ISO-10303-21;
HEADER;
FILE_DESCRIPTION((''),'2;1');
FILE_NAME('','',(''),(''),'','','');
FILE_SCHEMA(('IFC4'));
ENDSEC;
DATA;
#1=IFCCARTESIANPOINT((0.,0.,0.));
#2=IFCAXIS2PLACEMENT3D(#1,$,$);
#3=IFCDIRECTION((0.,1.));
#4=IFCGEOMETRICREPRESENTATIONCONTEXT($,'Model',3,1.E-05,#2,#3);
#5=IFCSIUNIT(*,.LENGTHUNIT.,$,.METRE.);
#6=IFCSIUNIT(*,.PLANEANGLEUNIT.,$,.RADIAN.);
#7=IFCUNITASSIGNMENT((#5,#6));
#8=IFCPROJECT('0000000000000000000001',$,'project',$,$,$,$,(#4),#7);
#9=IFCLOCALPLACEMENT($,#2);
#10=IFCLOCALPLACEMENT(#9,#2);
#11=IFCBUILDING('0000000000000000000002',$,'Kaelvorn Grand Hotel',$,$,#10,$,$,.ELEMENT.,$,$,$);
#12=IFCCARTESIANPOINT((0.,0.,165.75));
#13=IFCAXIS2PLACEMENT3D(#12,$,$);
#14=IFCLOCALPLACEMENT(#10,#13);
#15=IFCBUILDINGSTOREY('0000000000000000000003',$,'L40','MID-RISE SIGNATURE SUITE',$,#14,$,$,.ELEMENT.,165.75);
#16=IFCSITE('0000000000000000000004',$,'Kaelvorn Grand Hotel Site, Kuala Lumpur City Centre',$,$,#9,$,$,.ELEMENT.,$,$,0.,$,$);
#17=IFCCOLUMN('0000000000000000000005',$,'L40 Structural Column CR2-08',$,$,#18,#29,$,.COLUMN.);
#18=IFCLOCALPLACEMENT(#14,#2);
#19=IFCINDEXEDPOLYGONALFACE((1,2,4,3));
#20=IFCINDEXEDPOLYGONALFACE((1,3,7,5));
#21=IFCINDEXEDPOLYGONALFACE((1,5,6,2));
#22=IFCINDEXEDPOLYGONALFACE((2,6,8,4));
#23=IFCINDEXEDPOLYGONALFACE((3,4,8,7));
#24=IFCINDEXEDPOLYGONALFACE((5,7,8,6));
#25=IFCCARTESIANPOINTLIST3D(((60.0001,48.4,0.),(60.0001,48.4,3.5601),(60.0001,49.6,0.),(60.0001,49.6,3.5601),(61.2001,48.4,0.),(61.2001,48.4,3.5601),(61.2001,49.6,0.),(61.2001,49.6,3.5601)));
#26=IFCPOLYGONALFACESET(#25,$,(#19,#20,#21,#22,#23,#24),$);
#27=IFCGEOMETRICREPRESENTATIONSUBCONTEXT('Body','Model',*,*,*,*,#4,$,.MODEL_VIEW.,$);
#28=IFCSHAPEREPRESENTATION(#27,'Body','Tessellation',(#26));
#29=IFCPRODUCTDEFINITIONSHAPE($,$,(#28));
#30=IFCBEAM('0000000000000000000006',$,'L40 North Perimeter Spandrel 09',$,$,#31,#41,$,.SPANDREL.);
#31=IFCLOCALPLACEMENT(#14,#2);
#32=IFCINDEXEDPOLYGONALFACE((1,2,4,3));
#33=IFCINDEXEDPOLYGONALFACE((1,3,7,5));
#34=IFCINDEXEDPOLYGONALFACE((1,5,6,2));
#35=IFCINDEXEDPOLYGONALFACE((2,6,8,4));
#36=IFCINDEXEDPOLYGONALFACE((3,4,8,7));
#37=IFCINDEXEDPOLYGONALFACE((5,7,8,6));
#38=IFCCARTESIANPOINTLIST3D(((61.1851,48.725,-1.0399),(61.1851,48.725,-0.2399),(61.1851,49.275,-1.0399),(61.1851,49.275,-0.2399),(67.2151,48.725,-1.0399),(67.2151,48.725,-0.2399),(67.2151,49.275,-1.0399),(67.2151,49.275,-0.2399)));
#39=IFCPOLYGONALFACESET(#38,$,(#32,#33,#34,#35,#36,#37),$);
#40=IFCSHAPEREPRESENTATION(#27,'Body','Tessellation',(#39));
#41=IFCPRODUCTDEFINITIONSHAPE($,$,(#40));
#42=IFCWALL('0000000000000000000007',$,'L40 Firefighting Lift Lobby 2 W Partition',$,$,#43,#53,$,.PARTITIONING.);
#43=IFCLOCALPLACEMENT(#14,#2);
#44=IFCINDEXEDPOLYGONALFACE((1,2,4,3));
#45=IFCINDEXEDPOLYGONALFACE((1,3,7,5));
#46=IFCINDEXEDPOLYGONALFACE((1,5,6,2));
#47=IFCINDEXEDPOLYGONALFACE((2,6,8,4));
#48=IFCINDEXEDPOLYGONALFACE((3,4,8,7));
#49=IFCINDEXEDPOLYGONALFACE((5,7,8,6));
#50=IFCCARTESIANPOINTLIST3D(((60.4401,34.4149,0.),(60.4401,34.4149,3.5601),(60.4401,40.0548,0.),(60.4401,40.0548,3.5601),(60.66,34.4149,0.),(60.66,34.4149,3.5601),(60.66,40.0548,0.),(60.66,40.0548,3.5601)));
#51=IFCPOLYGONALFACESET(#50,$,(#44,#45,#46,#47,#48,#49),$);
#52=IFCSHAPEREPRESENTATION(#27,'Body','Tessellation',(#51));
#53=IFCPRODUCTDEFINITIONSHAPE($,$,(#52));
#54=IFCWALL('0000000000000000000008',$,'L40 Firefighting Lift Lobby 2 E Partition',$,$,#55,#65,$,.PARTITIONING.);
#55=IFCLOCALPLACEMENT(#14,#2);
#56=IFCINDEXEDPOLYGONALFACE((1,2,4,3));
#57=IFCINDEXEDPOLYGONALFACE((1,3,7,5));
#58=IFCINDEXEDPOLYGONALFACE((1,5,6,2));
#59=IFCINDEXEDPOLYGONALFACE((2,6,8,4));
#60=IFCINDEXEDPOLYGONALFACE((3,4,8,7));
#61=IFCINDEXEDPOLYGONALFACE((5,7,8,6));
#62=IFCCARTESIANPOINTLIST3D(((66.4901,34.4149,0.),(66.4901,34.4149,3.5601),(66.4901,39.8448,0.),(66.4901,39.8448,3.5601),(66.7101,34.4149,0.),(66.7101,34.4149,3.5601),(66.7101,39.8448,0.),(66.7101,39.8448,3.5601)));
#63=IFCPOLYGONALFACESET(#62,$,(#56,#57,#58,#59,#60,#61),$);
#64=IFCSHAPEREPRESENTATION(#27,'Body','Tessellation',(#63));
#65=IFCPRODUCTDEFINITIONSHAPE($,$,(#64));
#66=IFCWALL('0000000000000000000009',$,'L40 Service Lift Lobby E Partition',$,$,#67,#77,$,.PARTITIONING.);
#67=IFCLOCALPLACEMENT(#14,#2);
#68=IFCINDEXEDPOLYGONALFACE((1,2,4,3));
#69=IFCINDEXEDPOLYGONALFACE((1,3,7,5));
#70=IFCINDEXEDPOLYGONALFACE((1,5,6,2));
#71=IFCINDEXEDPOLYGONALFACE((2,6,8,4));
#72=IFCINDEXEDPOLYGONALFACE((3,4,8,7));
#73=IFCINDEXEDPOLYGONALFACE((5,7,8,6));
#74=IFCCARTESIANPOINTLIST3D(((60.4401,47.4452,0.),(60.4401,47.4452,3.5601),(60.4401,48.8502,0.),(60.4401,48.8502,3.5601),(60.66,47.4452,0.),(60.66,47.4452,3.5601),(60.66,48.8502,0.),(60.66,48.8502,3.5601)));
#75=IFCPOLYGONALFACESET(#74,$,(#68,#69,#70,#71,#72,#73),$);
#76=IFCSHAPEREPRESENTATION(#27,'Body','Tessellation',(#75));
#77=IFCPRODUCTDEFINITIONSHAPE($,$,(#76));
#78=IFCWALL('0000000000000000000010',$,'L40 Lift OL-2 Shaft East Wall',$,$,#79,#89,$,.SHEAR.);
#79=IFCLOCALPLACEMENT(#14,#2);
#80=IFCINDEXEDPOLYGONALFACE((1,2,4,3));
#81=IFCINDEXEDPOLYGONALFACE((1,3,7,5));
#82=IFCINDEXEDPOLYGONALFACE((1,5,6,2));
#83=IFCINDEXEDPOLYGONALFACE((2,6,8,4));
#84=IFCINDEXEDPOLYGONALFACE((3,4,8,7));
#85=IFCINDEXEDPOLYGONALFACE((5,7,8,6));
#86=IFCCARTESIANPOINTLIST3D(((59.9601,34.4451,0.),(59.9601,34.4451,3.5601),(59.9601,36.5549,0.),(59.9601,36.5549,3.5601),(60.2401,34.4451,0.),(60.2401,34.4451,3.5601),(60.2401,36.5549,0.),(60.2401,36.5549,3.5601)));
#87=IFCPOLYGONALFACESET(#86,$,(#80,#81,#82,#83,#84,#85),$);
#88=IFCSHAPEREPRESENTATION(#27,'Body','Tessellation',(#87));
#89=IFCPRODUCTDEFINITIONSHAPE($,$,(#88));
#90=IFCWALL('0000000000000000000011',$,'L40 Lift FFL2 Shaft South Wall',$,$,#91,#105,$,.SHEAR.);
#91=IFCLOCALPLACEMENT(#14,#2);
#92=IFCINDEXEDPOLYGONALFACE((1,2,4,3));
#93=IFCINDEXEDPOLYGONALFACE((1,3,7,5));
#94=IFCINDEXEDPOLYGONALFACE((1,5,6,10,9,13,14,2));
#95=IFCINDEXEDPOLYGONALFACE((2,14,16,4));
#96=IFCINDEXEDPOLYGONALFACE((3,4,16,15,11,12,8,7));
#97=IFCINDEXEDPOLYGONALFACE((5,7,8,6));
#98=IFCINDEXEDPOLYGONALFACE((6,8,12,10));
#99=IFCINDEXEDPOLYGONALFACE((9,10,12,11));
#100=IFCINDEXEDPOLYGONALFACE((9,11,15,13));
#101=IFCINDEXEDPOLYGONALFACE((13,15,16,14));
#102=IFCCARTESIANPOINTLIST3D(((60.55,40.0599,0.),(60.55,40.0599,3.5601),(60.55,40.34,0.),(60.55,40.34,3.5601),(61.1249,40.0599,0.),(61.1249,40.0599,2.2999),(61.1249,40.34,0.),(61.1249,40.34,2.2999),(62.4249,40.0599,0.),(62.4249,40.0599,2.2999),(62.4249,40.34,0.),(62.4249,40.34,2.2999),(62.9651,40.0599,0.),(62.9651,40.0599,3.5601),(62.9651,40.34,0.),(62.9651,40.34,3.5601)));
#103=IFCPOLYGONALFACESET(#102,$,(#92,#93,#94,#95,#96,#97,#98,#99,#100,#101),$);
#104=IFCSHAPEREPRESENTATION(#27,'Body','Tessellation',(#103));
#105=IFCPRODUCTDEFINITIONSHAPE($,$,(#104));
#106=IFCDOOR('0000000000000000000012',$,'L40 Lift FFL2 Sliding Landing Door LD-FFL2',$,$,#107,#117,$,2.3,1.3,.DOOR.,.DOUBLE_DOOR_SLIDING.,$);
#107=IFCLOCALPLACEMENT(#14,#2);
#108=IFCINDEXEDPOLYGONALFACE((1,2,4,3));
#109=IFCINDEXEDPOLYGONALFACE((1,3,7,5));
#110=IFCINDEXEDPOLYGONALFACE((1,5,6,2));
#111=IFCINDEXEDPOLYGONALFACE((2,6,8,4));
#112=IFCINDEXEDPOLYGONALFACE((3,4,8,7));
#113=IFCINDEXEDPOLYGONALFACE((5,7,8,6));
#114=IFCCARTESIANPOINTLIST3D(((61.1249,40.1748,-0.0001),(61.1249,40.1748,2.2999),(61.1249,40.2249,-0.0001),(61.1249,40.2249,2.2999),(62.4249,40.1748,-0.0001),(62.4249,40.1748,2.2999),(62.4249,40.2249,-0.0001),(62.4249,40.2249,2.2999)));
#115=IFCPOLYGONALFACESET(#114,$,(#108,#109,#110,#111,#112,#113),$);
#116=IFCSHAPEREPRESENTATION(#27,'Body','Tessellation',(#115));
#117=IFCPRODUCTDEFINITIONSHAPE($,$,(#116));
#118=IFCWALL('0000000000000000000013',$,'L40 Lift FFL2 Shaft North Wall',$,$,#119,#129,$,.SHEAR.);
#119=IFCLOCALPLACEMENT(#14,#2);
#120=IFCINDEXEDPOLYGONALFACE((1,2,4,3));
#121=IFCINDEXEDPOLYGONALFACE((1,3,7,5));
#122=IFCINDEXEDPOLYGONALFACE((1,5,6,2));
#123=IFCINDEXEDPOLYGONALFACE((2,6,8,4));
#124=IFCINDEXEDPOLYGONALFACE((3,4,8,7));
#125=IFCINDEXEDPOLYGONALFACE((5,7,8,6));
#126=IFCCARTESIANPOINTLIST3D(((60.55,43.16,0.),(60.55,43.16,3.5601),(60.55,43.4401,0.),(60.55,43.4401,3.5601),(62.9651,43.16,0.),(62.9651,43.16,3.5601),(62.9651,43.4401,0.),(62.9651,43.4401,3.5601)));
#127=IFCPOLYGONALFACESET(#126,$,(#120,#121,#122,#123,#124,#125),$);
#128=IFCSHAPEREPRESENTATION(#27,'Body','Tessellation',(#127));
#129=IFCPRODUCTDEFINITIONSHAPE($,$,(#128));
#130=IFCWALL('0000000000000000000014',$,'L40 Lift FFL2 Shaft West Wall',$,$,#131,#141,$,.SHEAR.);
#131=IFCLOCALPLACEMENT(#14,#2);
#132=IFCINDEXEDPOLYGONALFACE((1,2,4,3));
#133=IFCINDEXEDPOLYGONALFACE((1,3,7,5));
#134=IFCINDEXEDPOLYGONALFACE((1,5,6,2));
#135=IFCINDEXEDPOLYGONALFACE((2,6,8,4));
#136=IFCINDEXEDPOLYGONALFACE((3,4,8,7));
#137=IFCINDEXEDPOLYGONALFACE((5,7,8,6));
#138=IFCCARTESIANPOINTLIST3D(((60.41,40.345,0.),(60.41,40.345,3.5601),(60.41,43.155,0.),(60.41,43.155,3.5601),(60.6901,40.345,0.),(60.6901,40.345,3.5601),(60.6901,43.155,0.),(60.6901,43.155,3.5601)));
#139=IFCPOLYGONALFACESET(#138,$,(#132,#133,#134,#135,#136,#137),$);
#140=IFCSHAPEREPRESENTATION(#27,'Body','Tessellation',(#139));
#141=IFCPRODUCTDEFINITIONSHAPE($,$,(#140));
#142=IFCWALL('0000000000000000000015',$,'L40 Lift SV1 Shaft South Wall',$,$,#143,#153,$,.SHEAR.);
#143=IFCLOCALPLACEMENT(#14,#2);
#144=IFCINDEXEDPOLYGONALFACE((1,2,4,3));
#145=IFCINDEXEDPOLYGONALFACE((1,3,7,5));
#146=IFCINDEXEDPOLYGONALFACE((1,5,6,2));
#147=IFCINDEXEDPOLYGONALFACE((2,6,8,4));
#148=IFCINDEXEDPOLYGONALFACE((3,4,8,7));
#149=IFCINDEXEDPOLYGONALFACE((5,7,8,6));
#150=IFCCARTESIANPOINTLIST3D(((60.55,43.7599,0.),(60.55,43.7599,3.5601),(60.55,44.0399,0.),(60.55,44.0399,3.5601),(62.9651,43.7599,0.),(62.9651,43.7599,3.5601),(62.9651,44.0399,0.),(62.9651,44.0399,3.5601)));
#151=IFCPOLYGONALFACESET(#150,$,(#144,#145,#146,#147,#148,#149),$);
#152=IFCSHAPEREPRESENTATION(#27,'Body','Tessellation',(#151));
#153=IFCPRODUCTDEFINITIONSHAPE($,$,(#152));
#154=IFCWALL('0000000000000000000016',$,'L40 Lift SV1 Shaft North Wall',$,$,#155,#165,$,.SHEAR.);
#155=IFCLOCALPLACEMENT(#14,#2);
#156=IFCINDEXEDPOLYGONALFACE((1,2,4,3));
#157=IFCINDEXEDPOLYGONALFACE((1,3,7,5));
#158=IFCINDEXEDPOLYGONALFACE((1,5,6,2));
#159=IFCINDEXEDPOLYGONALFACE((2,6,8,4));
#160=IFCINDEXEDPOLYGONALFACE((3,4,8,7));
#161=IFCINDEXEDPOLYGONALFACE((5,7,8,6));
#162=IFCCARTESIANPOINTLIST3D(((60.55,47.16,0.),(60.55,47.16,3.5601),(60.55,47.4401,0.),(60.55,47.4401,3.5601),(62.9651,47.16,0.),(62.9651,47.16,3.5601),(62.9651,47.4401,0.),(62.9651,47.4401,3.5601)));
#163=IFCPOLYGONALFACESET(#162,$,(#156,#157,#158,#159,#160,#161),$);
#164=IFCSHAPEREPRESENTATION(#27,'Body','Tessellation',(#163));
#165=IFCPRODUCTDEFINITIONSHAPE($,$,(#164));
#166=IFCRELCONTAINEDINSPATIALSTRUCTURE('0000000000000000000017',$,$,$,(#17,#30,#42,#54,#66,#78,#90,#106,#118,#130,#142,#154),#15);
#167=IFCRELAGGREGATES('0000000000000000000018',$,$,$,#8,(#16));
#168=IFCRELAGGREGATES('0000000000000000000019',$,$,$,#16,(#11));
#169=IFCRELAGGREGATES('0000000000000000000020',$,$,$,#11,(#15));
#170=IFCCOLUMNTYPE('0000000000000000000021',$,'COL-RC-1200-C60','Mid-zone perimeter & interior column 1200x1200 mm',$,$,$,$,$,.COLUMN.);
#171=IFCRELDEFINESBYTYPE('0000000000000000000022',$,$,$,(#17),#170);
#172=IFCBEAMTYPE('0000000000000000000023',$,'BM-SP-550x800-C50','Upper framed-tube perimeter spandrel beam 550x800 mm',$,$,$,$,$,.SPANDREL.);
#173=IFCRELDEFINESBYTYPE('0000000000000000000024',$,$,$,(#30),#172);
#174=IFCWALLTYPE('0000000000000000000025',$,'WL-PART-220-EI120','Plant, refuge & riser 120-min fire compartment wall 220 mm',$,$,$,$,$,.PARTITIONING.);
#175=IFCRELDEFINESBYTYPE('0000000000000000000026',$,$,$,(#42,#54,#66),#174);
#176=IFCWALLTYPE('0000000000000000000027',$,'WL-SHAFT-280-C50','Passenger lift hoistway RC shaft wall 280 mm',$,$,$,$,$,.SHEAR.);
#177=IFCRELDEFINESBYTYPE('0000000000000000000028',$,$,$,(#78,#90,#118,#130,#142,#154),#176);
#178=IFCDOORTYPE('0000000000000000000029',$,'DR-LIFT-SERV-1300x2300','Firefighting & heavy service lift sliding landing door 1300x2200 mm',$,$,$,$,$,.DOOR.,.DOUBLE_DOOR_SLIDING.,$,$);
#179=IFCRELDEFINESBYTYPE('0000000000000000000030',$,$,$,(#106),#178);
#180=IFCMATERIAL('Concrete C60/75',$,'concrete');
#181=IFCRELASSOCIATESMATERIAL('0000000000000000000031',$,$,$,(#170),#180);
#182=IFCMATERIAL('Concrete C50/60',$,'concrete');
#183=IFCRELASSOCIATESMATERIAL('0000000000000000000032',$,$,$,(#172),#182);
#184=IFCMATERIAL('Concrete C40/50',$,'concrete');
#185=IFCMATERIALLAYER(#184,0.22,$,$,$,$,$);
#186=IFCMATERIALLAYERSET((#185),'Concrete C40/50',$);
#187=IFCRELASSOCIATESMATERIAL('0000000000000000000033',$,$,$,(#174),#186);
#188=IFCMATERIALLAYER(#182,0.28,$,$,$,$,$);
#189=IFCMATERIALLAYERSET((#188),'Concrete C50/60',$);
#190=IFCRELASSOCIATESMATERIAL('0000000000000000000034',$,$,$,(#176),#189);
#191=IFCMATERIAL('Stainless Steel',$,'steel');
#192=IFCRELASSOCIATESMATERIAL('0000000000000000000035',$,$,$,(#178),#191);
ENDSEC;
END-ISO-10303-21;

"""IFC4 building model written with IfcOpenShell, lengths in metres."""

from ifc_helpers import new_model, si_unit, direction, frame, frame_2d, origin, origin_2d, place, context, subcontext, project, spatial, rectangle, extrude, material, layer, layer_set, material_profile, profile_set, type_object, element, fill, save


model = new_model("IFC4")

# Units and contexts
model_context = context("Model", 3, precision=1e-05, world=origin(), true_north=direction((0.0, 1.0)))
body_context = subcontext(model_context, "Body", "Model", "MODEL_VIEW")
ifc_project = project(units=[si_unit("LENGTHUNIT", "METRE"), si_unit("PLANEANGLEUNIT", "RADIAN")], contexts=[model_context])

# Site, building, storey
site_placement = place(None, origin())
site = spatial("IfcSite", under=ifc_project, at=site_placement, Name="Kaelvorn Grand Hotel Site, Kuala Lumpur City Centre", CompositionType="ELEMENT", RefElevation=0.0)
building_placement = place(site_placement, origin())
building = spatial("IfcBuilding", under=site, at=building_placement, Name="Kaelvorn Grand Hotel", CompositionType="ELEMENT")
storey_placement = place(building_placement, frame((0.0, 0.0, 165.75)))
storey = spatial("IfcBuildingStorey", under=building, at=storey_placement, Name="L40", Description="MID-RISE SIGNATURE SUITE", CompositionType="ELEMENT", Elevation=165.75)

# Column
ifc_material_1 = material(Name="Concrete C60/75", Category="concrete")
ifc_material_profile_1 = material_profile(ifc_material_1, rectangle(XDim=1.2, YDim=1.2, at=origin_2d()), Name="RC COL 1200x1200")
ifc_profile_set_1 = profile_set([ifc_material_profile_1], Name="Concrete C60/75")
column_type = type_object("IfcColumnType", Name="COL-RC-1200-C60", Description="Mid-zone perimeter & interior column 1200x1200 mm", PredefinedType="COLUMN", material=ifc_profile_set_1)
column_placement = place(storey_placement, frame((60.6001, 49.0, 0.0), z_axis=(0.0, 0.0, 1.0), x_axis=(1.0, 0.0, 0.0)))
element("IfcColumn", 1, at=column_placement, inside=storey, type_object=column_type, Name="L40 Structural Column CR2-08", PredefinedType="COLUMN", context=body_context, shape_type="SweptSolid", body=[
    extrude(rectangle(XDim=1.2, YDim=1.2, at=origin_2d()), origin(), (0.0, 0.0, 1.0), 3.5601),
])

# Beam
ifc_material_2 = material(Name="Concrete C50/60", Category="concrete")
ifc_material_profile_2 = material_profile(ifc_material_2, rectangle(XDim=0.55, YDim=0.8, at=origin_2d()), Name="RC SPANDREL 550x800")
ifc_profile_set_2 = profile_set([ifc_material_profile_2], Name="Concrete C50/60")
beam_type = type_object("IfcBeamType", Name="BM-SP-550x800-C50", Description="Upper framed-tube perimeter spandrel beam 550x800 mm", PredefinedType="SPANDREL", material=ifc_profile_set_2)
beam_placement = place(storey_placement, frame((61.1851, 49.0, -0.6399), z_axis=(1.0, 0.0, 0.0), x_axis=(0.0, 1.0, 0.0)))
element("IfcBeam", 2, at=beam_placement, inside=storey, type_object=beam_type, Name="L40 North Perimeter Spandrel 09", PredefinedType="SPANDREL", context=body_context, shape_type="SweptSolid", body=[
    extrude(rectangle(XDim=0.55, YDim=0.8, at=origin_2d()), origin(), (0.0, 0.0, 1.0), 6.03),
])

# Shared definitions
ifc_material_3 = material(Name="Concrete C40/50", Category="concrete")
ifc_layer_1 = layer(ifc_material_3, 0.22)
ifc_layer_set_1 = layer_set([ifc_layer_1], Name="Concrete C40/50")
wall_type_1 = type_object("IfcWallType", Name="WL-PART-220-EI120", Description="Plant, refuge & riser 120-min fire compartment wall 220 mm", PredefinedType="PARTITIONING", material=ifc_layer_set_1)

# Walls
wall_1_placement = place(storey_placement, frame((60.55, 34.415, 0.0), z_axis=(0.0, 0.0, 1.0), x_axis=(0.0, 1.0, 0.0)))
element("IfcWall", 3, at=wall_1_placement, inside=storey, type_object=wall_type_1, Name="L40 Firefighting Lift Lobby 2 W Partition", PredefinedType="PARTITIONING", context=body_context, shape_type="SweptSolid", body=[
    extrude(rectangle(XDim=5.6399, YDim=0.22, at=frame_2d((2.8198, 0.0))), origin(), (0.0, 0.0, 1.0), 3.5601),
])
wall_2_placement = place(storey_placement, frame((66.6001, 34.415, 0.0), z_axis=(0.0, 0.0, 1.0), x_axis=(0.0, 1.0, 0.0)))
element("IfcWall", 4, at=wall_2_placement, inside=storey, type_object=wall_type_1, Name="L40 Firefighting Lift Lobby 2 E Partition", PredefinedType="PARTITIONING", context=body_context, shape_type="SweptSolid", body=[
    extrude(rectangle(XDim=5.4299, YDim=0.22, at=frame_2d((2.7148, 0.0))), origin(), (0.0, 0.0, 1.0), 3.5601),
])
wall_3_placement = place(storey_placement, frame((60.55, 47.4451, 0.0), z_axis=(0.0, 0.0, 1.0), x_axis=(0.0, 1.0, 0.0)))
element("IfcWall", 5, at=wall_3_placement, inside=storey, type_object=wall_type_1, Name="L40 Service Lift Lobby E Partition", PredefinedType="PARTITIONING", context=body_context, shape_type="SweptSolid", body=[
    extrude(rectangle(XDim=1.405, YDim=0.22, at=frame_2d((0.7026, 0.0))), origin(), (0.0, 0.0, 1.0), 3.5601),
])
ifc_layer_2 = layer(ifc_material_2, 0.28)
ifc_layer_set_2 = layer_set([ifc_layer_2], Name="Concrete C50/60")
wall_type_2 = type_object("IfcWallType", Name="WL-SHAFT-280-C50", Description="Passenger lift hoistway RC shaft wall 280 mm", PredefinedType="SHEAR", material=ifc_layer_set_2)
wall_4_placement = place(storey_placement, frame((60.1001, 34.4451, 0.0), z_axis=(0.0, 0.0, 1.0), x_axis=(0.0, 1.0, 0.0)))
element("IfcWall", 6, at=wall_4_placement, inside=storey, type_object=wall_type_2, Name="L40 Lift OL-2 Shaft East Wall", PredefinedType="SHEAR", context=body_context, shape_type="SweptSolid", body=[
    extrude(rectangle(XDim=2.1099, YDim=0.28, at=frame_2d((1.0549, 0.0))), origin(), (0.0, 0.0, 1.0), 3.5601),
])

# Wall, opening, door
wall_5_placement = place(storey_placement, frame((60.55, 40.2, 0.0), z_axis=(0.0, 0.0, 1.0), x_axis=(1.0, 0.0, 0.0)))
wall_5 = element("IfcWall", 7, at=wall_5_placement, inside=storey, type_object=wall_type_2, Name="L40 Lift FFL2 Shaft South Wall", PredefinedType="SHEAR", context=body_context, shape_type="SweptSolid", body=[
    extrude(rectangle(XDim=2.415, YDim=0.28, at=frame_2d((1.2075, 0.0))), origin(), (0.0, 0.0, 1.0), 3.5601),
])
opening_1_placement = place(wall_5_placement, frame((0.575, 0.0, 0.0)))
opening_1 = element("IfcOpeningElement", 8, at=opening_1_placement, cuts=wall_5, PredefinedType="OPENING", context=body_context, shape_type="SweptSolid", body=[
    extrude(rectangle(XDim=1.3, YDim=2.3, at=frame_2d((0.6499, 1.1499))), frame((0.0, 0.1499, 0.0), z_axis=(0.0, -1.0, 0.0), x_axis=(1.0, 0.0, 0.0)), (0.0, 0.0, 1.0), 0.3),
])
ifc_material_4 = material(Name="Stainless Steel", Category="steel")
door_type_1 = type_object("IfcDoorType", Name="DR-LIFT-SERV-1300x2300", Description="Firefighting & heavy service lift sliding landing door 1300x2200 mm", OperationType="DOUBLE_DOOR_SLIDING", PredefinedType="DOOR", material=ifc_material_4)
door_1_placement = place(opening_1_placement, origin())
door_1 = element("IfcDoor", 9, at=door_1_placement, inside=storey, type_object=door_type_1, Name="L40 Lift FFL2 Sliding Landing Door LD-FFL2", OperationType="DOUBLE_DOOR_SLIDING", OverallHeight=2.3, OverallWidth=1.3, PredefinedType="DOOR", context=body_context, shape_type="SweptSolid", body=[
    extrude(rectangle(XDim=1.3, YDim=2.3, at=frame_2d((0.6499, 1.1499))), frame((0.0, 0.0249, 0.0), z_axis=(0.0, -1.0, 0.0), x_axis=(1.0, 0.0, 0.0)), (0.0, 0.0, 1.0), 0.05),
])
fill(opening_1, door_1)

# Walls
wall_6_placement = place(storey_placement, frame((60.55, 43.3, 0.0), z_axis=(0.0, 0.0, 1.0), x_axis=(1.0, 0.0, 0.0)))
element("IfcWall", 10, at=wall_6_placement, inside=storey, type_object=wall_type_2, Name="L40 Lift FFL2 Shaft North Wall", PredefinedType="SHEAR", context=body_context, shape_type="SweptSolid", body=[
    extrude(rectangle(XDim=2.415, YDim=0.28, at=frame_2d((1.2075, 0.0))), origin(), (0.0, 0.0, 1.0), 3.5601),
])
wall_7_placement = place(storey_placement, frame((60.55, 40.345, 0.0), z_axis=(0.0, 0.0, 1.0), x_axis=(0.0, 1.0, 0.0)))
element("IfcWall", 11, at=wall_7_placement, inside=storey, type_object=wall_type_2, Name="L40 Lift FFL2 Shaft West Wall", PredefinedType="SHEAR", context=body_context, shape_type="SweptSolid", body=[
    extrude(rectangle(XDim=2.8101, YDim=0.28, at=frame_2d((1.405, 0.0))), origin(), (0.0, 0.0, 1.0), 3.5601),
])
for number, where, z_axis, x_axis, name in (
    (12, (60.55, 43.8999, 0.0), (0.0, 0.0, 1.0), (1.0, 0.0, 0.0), "L40 Lift SV1 Shaft South Wall"),
    (13, (60.55, 47.3, 0.0), (0.0, 0.0, 1.0), (1.0, 0.0, 0.0), "L40 Lift SV1 Shaft North Wall"),
):
    element("IfcWall", number, at=place(storey_placement, frame(where, z_axis=z_axis, x_axis=x_axis)), inside=storey, type_object=wall_type_2, Name=name, PredefinedType="SHEAR", context=body_context, shape_type="SweptSolid", body=[
        extrude(rectangle(XDim=2.415, YDim=0.28, at=frame_2d((1.2075, 0.0))), origin(), (0.0, 0.0, 1.0), 3.5601),
    ])

save(model, "model.ifc")
